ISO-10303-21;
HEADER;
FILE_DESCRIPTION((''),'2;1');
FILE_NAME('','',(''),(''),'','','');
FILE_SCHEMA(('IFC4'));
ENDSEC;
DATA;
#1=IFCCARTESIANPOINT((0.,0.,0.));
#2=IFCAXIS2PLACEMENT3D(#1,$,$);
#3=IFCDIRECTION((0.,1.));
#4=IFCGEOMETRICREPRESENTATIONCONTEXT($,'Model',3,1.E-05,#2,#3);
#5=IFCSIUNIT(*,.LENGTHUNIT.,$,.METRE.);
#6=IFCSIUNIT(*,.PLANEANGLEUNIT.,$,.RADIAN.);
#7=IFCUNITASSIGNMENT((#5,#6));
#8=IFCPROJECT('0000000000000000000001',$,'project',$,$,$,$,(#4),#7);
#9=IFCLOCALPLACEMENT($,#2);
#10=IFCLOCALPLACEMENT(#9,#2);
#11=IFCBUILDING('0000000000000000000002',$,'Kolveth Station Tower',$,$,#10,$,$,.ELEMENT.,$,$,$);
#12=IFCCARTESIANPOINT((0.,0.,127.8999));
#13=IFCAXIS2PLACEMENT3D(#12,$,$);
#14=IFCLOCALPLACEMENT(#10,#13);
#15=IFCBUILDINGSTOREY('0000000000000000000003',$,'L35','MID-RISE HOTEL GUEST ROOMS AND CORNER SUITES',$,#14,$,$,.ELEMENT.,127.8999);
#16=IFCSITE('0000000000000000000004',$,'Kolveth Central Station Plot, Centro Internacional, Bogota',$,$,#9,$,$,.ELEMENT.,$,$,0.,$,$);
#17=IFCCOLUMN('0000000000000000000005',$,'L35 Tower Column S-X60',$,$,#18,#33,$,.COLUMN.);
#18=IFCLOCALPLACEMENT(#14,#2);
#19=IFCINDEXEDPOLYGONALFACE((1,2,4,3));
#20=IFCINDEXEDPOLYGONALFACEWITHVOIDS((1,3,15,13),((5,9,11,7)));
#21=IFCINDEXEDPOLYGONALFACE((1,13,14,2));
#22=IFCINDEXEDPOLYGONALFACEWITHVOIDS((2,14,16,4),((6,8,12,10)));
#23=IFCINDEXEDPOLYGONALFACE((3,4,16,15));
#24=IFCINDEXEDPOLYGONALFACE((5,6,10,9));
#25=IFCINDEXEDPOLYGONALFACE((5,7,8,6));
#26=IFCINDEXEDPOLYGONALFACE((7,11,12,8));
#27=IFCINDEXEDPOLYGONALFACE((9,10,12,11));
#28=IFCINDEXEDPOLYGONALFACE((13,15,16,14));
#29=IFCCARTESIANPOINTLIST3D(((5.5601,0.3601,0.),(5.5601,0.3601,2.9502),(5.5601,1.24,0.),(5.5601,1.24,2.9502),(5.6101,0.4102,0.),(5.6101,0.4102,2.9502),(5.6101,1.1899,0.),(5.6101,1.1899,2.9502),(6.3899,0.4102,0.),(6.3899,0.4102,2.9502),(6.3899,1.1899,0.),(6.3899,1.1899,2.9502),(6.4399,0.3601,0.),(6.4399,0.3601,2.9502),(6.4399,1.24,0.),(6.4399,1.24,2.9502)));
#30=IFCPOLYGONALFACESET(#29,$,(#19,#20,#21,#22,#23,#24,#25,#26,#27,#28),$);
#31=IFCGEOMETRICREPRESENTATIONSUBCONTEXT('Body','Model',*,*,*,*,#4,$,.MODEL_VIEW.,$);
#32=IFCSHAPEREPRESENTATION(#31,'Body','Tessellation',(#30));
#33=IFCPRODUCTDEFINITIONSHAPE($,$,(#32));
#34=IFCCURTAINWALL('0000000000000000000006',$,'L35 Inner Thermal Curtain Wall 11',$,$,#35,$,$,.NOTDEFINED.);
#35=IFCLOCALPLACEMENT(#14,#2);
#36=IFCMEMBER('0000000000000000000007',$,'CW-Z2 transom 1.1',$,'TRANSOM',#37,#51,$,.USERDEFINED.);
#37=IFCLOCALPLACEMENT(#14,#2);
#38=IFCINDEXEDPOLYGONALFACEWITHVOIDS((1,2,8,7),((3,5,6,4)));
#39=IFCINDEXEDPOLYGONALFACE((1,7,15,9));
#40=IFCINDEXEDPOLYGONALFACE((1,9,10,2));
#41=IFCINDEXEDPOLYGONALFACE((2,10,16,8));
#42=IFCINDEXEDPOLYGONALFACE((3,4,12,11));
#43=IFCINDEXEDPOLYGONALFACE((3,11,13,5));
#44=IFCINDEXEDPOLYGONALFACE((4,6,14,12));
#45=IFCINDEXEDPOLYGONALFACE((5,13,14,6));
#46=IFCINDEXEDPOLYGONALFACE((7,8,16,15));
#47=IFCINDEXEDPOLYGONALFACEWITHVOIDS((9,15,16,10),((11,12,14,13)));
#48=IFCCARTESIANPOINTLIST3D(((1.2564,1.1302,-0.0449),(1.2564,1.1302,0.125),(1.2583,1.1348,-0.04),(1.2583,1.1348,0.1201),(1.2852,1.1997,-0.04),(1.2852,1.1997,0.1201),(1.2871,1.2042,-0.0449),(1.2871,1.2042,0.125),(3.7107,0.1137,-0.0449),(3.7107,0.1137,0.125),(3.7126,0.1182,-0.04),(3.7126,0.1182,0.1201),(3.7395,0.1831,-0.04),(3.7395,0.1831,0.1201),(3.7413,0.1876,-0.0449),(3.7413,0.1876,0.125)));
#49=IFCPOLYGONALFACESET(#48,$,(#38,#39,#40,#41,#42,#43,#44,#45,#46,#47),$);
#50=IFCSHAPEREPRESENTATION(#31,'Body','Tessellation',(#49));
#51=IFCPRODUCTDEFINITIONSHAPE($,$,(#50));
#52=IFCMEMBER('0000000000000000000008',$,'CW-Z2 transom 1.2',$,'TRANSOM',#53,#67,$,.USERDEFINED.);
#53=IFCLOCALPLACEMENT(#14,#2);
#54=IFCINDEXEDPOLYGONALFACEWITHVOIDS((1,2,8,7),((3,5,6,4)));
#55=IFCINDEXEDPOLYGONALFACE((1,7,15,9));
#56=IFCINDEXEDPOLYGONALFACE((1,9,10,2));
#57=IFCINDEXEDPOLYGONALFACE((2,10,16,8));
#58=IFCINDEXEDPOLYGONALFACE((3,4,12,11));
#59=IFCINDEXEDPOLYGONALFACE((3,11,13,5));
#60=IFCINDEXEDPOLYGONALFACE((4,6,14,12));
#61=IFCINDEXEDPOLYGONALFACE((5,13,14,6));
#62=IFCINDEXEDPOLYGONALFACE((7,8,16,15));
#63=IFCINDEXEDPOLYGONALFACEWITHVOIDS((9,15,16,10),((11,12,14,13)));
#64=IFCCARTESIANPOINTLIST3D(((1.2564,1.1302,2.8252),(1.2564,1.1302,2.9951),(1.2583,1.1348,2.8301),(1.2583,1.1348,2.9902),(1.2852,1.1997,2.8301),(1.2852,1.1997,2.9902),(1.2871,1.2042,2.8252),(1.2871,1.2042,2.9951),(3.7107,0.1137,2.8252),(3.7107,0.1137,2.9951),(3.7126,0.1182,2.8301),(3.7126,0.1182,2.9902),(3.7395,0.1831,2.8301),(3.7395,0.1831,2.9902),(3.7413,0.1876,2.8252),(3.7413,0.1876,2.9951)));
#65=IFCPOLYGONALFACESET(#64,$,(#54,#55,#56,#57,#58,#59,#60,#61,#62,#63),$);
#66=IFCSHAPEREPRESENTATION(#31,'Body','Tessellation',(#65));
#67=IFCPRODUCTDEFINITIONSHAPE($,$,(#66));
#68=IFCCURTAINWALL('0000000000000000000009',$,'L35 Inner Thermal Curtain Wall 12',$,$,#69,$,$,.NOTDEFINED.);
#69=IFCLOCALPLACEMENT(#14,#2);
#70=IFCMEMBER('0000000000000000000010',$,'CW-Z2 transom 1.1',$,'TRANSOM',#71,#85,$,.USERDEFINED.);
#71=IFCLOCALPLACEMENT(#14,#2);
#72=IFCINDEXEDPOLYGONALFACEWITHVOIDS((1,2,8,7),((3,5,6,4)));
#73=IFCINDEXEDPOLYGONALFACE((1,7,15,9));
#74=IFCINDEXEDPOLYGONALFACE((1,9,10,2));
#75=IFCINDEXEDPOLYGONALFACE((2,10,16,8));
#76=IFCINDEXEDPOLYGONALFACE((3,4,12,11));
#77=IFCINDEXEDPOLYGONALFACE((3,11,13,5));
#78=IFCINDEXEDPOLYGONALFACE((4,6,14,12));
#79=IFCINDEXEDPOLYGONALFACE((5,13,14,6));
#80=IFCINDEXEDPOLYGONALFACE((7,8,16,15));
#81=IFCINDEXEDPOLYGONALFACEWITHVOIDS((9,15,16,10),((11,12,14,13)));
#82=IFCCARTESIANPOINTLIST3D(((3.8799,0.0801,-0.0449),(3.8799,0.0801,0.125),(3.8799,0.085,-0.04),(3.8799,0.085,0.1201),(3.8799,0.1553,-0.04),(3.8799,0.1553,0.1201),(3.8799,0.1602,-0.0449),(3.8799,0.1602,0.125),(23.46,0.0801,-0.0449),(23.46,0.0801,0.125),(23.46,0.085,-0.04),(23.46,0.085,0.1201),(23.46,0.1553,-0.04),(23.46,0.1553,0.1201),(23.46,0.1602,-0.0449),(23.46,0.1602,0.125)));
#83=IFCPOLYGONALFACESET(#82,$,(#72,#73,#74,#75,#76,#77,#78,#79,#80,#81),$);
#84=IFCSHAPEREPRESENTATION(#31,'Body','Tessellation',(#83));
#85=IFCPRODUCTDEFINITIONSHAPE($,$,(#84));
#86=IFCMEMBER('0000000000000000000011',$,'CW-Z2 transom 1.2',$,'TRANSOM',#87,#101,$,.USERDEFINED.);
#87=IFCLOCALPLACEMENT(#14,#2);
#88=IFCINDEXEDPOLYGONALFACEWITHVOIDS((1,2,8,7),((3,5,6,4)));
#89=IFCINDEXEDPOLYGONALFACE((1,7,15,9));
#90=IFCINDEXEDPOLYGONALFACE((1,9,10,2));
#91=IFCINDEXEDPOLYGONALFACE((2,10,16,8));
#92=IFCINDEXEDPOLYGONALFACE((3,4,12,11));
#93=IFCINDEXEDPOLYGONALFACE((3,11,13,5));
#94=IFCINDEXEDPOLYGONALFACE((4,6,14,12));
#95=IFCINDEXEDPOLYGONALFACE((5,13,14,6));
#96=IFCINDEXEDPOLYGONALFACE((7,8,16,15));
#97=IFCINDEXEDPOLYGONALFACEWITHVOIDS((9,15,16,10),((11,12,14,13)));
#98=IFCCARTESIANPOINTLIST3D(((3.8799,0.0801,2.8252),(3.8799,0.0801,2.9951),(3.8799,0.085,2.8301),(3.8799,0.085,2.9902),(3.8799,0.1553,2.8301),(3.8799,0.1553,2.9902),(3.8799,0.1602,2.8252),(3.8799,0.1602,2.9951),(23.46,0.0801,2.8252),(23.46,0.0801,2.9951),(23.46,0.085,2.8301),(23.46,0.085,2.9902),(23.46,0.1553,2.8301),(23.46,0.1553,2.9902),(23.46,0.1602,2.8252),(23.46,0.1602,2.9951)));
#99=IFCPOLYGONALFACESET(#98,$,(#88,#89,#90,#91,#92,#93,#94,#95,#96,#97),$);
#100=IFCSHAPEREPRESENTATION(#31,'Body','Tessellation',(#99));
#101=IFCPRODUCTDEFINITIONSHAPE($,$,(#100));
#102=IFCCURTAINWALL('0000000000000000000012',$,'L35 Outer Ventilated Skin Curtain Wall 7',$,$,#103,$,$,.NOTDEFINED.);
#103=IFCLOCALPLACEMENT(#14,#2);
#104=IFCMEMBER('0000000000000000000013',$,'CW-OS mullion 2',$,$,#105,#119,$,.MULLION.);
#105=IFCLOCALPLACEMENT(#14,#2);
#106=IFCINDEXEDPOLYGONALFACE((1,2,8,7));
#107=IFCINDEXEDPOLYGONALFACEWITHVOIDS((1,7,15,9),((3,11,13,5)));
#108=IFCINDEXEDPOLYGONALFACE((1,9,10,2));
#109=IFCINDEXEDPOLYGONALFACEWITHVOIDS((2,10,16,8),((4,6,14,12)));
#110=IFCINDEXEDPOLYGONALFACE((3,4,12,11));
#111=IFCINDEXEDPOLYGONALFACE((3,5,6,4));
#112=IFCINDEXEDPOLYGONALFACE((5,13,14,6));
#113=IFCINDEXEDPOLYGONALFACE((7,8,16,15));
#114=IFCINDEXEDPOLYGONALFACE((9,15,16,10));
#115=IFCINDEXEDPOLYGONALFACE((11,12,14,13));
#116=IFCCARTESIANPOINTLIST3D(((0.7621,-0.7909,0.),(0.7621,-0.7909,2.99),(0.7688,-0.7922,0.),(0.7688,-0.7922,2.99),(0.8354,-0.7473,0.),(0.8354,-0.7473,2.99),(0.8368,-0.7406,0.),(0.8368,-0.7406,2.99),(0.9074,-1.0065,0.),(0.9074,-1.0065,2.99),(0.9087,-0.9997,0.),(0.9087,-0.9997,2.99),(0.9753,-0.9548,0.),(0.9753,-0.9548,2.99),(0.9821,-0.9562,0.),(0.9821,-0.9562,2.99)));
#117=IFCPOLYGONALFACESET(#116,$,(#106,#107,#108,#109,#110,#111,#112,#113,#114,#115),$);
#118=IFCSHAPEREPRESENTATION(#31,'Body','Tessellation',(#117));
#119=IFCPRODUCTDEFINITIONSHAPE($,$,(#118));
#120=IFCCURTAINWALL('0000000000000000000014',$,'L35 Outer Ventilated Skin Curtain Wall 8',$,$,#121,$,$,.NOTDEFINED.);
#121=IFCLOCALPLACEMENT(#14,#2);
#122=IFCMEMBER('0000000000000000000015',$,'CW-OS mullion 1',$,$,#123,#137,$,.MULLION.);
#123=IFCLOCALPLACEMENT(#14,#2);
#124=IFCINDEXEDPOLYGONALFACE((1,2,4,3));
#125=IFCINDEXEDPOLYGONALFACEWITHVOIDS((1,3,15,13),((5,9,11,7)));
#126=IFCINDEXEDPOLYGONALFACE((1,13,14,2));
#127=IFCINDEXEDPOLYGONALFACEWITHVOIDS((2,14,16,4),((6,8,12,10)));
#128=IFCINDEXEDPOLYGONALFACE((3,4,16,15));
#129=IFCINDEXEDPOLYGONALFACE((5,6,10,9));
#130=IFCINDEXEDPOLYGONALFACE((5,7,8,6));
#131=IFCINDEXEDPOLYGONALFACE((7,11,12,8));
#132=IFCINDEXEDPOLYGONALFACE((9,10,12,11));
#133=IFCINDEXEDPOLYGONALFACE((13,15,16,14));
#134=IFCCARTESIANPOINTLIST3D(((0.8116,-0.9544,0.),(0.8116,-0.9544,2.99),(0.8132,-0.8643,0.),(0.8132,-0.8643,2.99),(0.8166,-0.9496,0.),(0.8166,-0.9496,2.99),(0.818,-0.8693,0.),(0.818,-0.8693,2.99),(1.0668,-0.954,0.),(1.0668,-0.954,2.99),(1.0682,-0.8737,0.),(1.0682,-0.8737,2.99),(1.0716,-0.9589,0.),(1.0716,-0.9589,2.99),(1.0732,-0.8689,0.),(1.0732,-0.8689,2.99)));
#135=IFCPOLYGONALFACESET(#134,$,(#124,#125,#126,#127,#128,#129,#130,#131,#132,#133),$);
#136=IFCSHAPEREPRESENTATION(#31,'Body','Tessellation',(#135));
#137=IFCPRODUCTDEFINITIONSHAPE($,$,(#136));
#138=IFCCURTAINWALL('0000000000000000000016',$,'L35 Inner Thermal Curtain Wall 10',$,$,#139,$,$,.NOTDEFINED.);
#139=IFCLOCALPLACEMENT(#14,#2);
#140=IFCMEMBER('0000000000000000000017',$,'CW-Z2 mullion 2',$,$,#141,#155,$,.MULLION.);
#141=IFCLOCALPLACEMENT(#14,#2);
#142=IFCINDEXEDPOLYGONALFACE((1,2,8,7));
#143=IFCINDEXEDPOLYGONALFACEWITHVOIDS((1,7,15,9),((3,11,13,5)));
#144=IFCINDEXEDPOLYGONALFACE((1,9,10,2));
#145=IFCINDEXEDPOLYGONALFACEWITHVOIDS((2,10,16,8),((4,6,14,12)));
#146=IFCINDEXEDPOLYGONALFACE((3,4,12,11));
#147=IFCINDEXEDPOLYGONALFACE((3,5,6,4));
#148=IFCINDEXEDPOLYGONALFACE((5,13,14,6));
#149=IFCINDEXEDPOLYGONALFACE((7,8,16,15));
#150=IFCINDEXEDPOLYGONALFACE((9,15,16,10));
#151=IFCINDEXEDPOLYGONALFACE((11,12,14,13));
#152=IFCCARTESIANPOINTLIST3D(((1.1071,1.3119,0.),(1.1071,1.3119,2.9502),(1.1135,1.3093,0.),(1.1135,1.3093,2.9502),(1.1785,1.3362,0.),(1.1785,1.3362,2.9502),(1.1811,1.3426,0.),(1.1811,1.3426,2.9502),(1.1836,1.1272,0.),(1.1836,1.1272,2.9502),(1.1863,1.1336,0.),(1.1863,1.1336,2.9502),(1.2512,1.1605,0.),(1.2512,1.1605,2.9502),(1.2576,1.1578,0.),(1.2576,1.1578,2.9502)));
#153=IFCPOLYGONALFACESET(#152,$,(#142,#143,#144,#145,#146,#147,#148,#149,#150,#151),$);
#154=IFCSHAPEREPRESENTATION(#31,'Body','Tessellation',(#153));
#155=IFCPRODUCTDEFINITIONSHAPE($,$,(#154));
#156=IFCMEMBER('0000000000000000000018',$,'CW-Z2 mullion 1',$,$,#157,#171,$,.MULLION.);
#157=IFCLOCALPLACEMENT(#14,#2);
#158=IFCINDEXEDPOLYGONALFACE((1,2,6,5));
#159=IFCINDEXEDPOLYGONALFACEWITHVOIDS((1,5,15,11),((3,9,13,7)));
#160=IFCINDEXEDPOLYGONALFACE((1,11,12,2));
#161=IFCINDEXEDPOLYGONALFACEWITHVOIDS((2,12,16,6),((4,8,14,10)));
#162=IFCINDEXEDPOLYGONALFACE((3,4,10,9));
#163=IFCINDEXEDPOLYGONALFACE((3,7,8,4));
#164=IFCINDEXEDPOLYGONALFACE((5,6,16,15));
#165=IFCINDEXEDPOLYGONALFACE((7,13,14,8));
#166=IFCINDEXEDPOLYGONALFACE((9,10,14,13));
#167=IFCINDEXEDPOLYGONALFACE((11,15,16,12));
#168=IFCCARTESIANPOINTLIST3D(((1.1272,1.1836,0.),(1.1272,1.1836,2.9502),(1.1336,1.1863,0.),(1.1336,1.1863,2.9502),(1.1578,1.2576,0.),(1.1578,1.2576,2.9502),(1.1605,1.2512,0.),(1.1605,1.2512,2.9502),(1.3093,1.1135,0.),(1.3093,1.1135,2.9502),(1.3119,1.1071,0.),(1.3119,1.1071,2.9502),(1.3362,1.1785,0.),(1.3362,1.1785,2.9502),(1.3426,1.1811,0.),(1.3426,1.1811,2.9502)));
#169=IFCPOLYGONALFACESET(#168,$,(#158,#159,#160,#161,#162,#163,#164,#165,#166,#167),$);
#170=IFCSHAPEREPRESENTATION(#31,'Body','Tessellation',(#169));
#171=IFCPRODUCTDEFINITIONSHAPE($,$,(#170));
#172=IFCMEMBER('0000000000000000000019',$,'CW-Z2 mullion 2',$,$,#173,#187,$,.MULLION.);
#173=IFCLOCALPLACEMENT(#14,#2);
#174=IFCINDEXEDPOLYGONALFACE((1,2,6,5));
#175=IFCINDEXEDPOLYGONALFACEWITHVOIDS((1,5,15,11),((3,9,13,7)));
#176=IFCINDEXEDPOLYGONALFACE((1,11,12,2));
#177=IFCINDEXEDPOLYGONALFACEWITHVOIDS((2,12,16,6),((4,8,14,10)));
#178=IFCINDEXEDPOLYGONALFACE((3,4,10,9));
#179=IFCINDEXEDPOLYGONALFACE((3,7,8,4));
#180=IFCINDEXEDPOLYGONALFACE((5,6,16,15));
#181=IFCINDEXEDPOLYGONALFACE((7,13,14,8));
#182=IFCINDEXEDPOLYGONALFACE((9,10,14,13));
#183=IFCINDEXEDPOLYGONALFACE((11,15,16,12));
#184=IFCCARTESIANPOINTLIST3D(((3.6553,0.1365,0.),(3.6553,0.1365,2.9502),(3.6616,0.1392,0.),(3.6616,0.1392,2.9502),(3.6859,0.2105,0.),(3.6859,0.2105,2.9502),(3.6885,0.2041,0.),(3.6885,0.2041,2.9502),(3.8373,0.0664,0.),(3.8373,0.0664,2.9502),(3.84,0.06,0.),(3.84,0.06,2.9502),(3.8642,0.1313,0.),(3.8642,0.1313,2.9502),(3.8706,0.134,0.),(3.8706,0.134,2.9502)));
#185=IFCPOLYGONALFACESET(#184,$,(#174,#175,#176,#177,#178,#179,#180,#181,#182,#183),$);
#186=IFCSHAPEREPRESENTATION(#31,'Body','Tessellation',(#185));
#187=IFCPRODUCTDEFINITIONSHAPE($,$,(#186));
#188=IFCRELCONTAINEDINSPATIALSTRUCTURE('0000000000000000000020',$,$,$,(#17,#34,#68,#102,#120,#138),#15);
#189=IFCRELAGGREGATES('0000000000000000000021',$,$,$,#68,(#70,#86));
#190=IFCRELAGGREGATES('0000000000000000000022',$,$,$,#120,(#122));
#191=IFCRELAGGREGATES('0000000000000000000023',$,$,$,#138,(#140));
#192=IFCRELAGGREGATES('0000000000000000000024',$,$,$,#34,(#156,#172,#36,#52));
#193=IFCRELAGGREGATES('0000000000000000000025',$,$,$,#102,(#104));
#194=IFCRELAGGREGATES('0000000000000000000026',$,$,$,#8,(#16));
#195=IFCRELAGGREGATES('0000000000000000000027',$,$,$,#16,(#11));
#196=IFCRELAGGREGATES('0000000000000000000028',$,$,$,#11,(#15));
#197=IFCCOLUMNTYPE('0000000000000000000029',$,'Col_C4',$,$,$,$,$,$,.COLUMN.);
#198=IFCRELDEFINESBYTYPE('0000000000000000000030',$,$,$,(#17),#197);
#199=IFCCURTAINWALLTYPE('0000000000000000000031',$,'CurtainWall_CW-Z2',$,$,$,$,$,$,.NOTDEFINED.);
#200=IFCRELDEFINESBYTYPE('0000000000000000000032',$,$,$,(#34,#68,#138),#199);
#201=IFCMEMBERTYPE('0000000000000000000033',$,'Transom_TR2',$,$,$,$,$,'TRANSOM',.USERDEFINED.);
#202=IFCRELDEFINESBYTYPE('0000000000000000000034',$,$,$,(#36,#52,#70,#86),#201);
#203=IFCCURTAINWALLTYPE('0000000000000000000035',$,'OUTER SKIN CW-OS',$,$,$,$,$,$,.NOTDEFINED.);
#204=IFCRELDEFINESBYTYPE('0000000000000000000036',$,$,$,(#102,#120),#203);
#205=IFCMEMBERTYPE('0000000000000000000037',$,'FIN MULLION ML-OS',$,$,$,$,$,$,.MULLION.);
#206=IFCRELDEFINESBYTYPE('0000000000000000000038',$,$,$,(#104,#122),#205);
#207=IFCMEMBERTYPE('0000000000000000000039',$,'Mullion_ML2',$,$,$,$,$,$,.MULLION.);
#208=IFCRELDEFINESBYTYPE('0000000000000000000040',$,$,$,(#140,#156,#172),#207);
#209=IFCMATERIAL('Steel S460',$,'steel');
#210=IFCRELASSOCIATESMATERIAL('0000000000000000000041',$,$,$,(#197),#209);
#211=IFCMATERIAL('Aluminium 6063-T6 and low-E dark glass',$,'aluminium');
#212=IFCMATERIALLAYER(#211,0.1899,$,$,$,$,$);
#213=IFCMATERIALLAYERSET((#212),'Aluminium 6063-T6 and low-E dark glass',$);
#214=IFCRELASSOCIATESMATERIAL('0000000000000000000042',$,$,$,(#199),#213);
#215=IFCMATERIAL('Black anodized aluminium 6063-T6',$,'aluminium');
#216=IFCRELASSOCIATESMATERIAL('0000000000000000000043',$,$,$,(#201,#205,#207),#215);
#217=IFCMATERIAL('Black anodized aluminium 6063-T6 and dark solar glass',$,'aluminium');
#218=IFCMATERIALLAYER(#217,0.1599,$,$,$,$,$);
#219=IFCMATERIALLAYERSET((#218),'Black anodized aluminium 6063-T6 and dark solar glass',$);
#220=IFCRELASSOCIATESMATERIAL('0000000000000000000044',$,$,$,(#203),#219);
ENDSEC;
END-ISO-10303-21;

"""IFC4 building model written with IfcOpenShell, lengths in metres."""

from ifc_helpers import new_model, si_unit, direction, frame, origin, origin_2d, place, context, subcontext, project, spatial, hollow_rectangle, extrude, source, transform, mapped, material, layer, layer_set, material_profile, profile_set, type_object, element, aggregate, save


model = new_model("IFC4")

# Units and contexts
model_context = context("Model", 3, precision=1e-05, world=origin(), true_north=direction((0.0, 1.0)))
body_context = subcontext(model_context, "Body", "Model", "MODEL_VIEW")
ifc_project = project(units=[si_unit("LENGTHUNIT", "METRE"), si_unit("PLANEANGLEUNIT", "RADIAN")], contexts=[model_context])

# Site, building, storey
site_placement = place(None, origin())
site = spatial("IfcSite", under=ifc_project, at=site_placement, Name="Kolveth Central Station Plot, Centro Internacional, Bogota", CompositionType="ELEMENT", RefElevation=0.0)
building_placement = place(site_placement, origin())
building = spatial("IfcBuilding", under=site, at=building_placement, Name="Kolveth Station Tower", CompositionType="ELEMENT")
storey_placement = place(building_placement, frame((0.0, 0.0, 127.8999)))
storey = spatial("IfcBuildingStorey", under=building, at=storey_placement, Name="L35", Description="MID-RISE HOTEL GUEST ROOMS AND CORNER SUITES", CompositionType="ELEMENT", Elevation=127.8999)

# Column
ifc_material_1 = material(Name="Steel S460", Category="steel")
ifc_material_profile_1 = material_profile(ifc_material_1, hollow_rectangle(XDim=0.8799, YDim=0.8799, WallThickness=0.05, at=origin_2d()), Name="BOX880x880x50")
ifc_profile_set_1 = profile_set([ifc_material_profile_1], Name="Steel S460")
column_type = type_object("IfcColumnType", Name="Col_C4", PredefinedType="COLUMN", material=ifc_profile_set_1)
shared_shape_1 = source(origin(), body_context, "Body", "SweptSolid", [
    extrude(hollow_rectangle(XDim=0.8799, YDim=0.8799, WallThickness=0.05, at=origin_2d()), origin(), (0.0, 0.0, 1.0), 2.9502),
])
column_placement = place(storey_placement, frame((6.0, 0.8, 0.0), z_axis=(0.0, 0.0, 1.0), x_axis=(1.0, 0.0, 0.0)))
element("IfcColumn", 1, at=column_placement, inside=storey, type_object=column_type, Name="L35 Tower Column S-X60", PredefinedType="COLUMN", context=body_context, shape_type="MappedRepresentation", body=[
    mapped(shared_shape_1, transform((0.0, 0.0, 0.0), x_axis=(1.0, 0.0, 0.0), y_axis=(0.0, 1.0, 0.0), z_axis=(0.0, 0.0, 1.0), scale=1.0)),
])

# Curtain walls, members
ifc_material_2 = material(Name="Aluminium 6063-T6 and low-E dark glass", Category="aluminium")
ifc_layer_1 = layer(ifc_material_2, 0.1899)
ifc_layer_set_1 = layer_set([ifc_layer_1], Name="Aluminium 6063-T6 and low-E dark glass")
curtain_wall_type_1 = type_object("IfcCurtainWallType", Name="CurtainWall_CW-Z2", PredefinedType="NOTDEFINED", material=ifc_layer_set_1)
curtain_wall_1_placement = place(storey_placement, origin())
curtain_wall_1 = element("IfcCurtainWall", 2, at=curtain_wall_1_placement, inside=storey, type_object=curtain_wall_type_1, Name="L35 Inner Thermal Curtain Wall 11", PredefinedType="NOTDEFINED")
ifc_material_3 = material(Name="Black anodized aluminium 6063-T6", Category="aluminium")
ifc_material_profile_2 = material_profile(ifc_material_3, hollow_rectangle(XDim=0.0801, YDim=0.1699, WallThickness=0.0049, at=origin_2d()), Name="ALU-80x170x5")
ifc_profile_set_2 = profile_set([ifc_material_profile_2], Name="Black anodized aluminium 6063-T6")
member_type_1 = type_object("IfcMemberType", Name="Transom_TR2", ElementType="TRANSOM", PredefinedType="USERDEFINED", material=ifc_profile_set_2)
shared_shape_2 = source(origin(), body_context, "Body", "SweptSolid", [
    extrude(hollow_rectangle(XDim=0.0801, YDim=0.1699, WallThickness=0.0049, at=origin_2d()), origin(), (0.0, 0.0, 1.0), 2.6565),
])
member_1_placement = place(storey_placement, frame((1.2717, 1.1672, 0.04), z_axis=(0.923882, -0.382676, 0.0), x_axis=(0.382676, 0.923882, 0.0)))
member_1 = element("IfcMember", 3, at=member_1_placement, type_object=member_type_1, Name="CW-Z2 transom 1.1", ObjectType="TRANSOM", PredefinedType="USERDEFINED", context=body_context, shape_type="MappedRepresentation", body=[
    mapped(shared_shape_2, transform((0.0, 0.0, 0.0), x_axis=(1.0, 0.0, 0.0), y_axis=(0.0, 1.0, 0.0), z_axis=(0.0, 0.0, 1.0), scale=1.0)),
])
member_2_placement = place(storey_placement, frame((1.2717, 1.1672, 2.9102), z_axis=(0.923882, -0.382676, 0.0), x_axis=(0.382676, 0.923882, 0.0)))
member_2 = element("IfcMember", 4, at=member_2_placement, type_object=member_type_1, Name="CW-Z2 transom 1.2", ObjectType="TRANSOM", PredefinedType="USERDEFINED", context=body_context, shape_type="MappedRepresentation", body=[
    mapped(shared_shape_2, transform((0.0, 0.0, 0.0), x_axis=(1.0, 0.0, 0.0), y_axis=(0.0, 1.0, 0.0), z_axis=(0.0, 0.0, 1.0), scale=1.0)),
])
curtain_wall_2_placement = place(storey_placement, origin())
curtain_wall_2 = element("IfcCurtainWall", 5, at=curtain_wall_2_placement, inside=storey, type_object=curtain_wall_type_1, Name="L35 Inner Thermal Curtain Wall 12", PredefinedType="NOTDEFINED")
shared_shape_3 = source(origin(), body_context, "Body", "SweptSolid", [
    extrude(hollow_rectangle(XDim=0.0801, YDim=0.1699, WallThickness=0.0049, at=origin_2d()), origin(), (0.0, 0.0, 1.0), 19.5801),
])
member_3_placement = place(storey_placement, frame((3.8799, 0.1201, 0.04), z_axis=(1.0, 0.0, 0.0), x_axis=(0.0, 1.0, 0.0)))
member_3 = element("IfcMember", 6, at=member_3_placement, type_object=member_type_1, Name="CW-Z2 transom 1.1", ObjectType="TRANSOM", PredefinedType="USERDEFINED", context=body_context, shape_type="MappedRepresentation", body=[
    mapped(shared_shape_3, transform((0.0, 0.0, 0.0), x_axis=(1.0, 0.0, 0.0), y_axis=(0.0, 1.0, 0.0), z_axis=(0.0, 0.0, 1.0), scale=1.0)),
])
member_4_placement = place(storey_placement, frame((3.8799, 0.1201, 2.9102), z_axis=(1.0, 0.0, 0.0), x_axis=(0.0, 1.0, 0.0)))
member_4 = element("IfcMember", 7, at=member_4_placement, type_object=member_type_1, Name="CW-Z2 transom 1.2", ObjectType="TRANSOM", PredefinedType="USERDEFINED", context=body_context, shape_type="MappedRepresentation", body=[
    mapped(shared_shape_3, transform((0.0, 0.0, 0.0), x_axis=(1.0, 0.0, 0.0), y_axis=(0.0, 1.0, 0.0), z_axis=(0.0, 0.0, 1.0), scale=1.0)),
])

# Curtain walls, members
ifc_material_4 = material(Name="Black anodized aluminium 6063-T6 and dark solar glass", Category="aluminium")
ifc_layer_2 = layer(ifc_material_4, 0.1599)
ifc_layer_set_2 = layer_set([ifc_layer_2], Name="Black anodized aluminium 6063-T6 and dark solar glass")
curtain_wall_type_2 = type_object("IfcCurtainWallType", Name="OUTER SKIN CW-OS", PredefinedType="NOTDEFINED", material=ifc_layer_set_2)
curtain_wall_3_placement = place(storey_placement, origin())
curtain_wall_3 = element("IfcCurtainWall", 8, at=curtain_wall_3_placement, inside=storey, type_object=curtain_wall_type_2, Name="L35 Outer Ventilated Skin Curtain Wall 7", PredefinedType="NOTDEFINED")
ifc_material_profile_3 = material_profile(ifc_material_3, hollow_rectangle(XDim=0.0901, YDim=0.26, WallThickness=0.0049, at=origin_2d()), Name="ALU-90x260x5")
ifc_profile_set_3 = profile_set([ifc_material_profile_3], Name="Black anodized aluminium 6063-T6")
member_type_2 = type_object("IfcMemberType", Name="FIN MULLION ML-OS", PredefinedType="MULLION", material=ifc_profile_set_3)
shared_shape_4 = source(origin(), body_context, "Body", "SweptSolid", [
    extrude(hollow_rectangle(XDim=0.0901, YDim=0.26, WallThickness=0.0049, at=origin_2d()), origin(), (0.0, 0.0, 1.0), 2.99),
])
member_5_placement = place(storey_placement, frame((0.8721, -0.8735, 0.0), z_axis=(0.0, 0.0, 1.0), x_axis=(0.829238, 0.558895, 0.0)))
member_5 = element("IfcMember", 9, at=member_5_placement, type_object=member_type_2, Name="CW-OS mullion 2", PredefinedType="MULLION", context=body_context, shape_type="MappedRepresentation", body=[
    mapped(shared_shape_4, transform((0.0, 0.0, 0.0), x_axis=(1.0, 0.0, 0.0), y_axis=(0.0, 1.0, 0.0), z_axis=(0.0, 0.0, 1.0), scale=1.0)),
])
curtain_wall_4_placement = place(storey_placement, origin())
curtain_wall_4 = element("IfcCurtainWall", 10, at=curtain_wall_4_placement, inside=storey, type_object=curtain_wall_type_2, Name="L35 Outer Ventilated Skin Curtain Wall 8", PredefinedType="NOTDEFINED")
member_6_placement = place(storey_placement, frame((0.9424, -0.9116, 0.0), z_axis=(0.0, 0.0, 1.0), x_axis=(0.017556, 0.999846, 0.0)))
member_6 = element("IfcMember", 11, at=member_6_placement, type_object=member_type_2, Name="CW-OS mullion 1", PredefinedType="MULLION", context=body_context, shape_type="MappedRepresentation", body=[
    mapped(shared_shape_4, transform((0.0, 0.0, 0.0), x_axis=(1.0, 0.0, 0.0), y_axis=(0.0, 1.0, 0.0), z_axis=(0.0, 0.0, 1.0), scale=1.0)),
])
curtain_wall_5_placement = place(storey_placement, origin())
curtain_wall_5 = element("IfcCurtainWall", 12, at=curtain_wall_5_placement, inside=storey, type_object=curtain_wall_type_1, Name="L35 Inner Thermal Curtain Wall 10", PredefinedType="NOTDEFINED")
ifc_material_profile_4 = material_profile(ifc_material_3, hollow_rectangle(XDim=0.0801, YDim=0.2, WallThickness=0.0049, at=origin_2d()), Name="ALU-80x200x5")
ifc_profile_set_4 = profile_set([ifc_material_profile_4], Name="Black anodized aluminium 6063-T6")
member_type_3 = type_object("IfcMemberType", Name="Mullion_ML2", PredefinedType="MULLION", material=ifc_profile_set_4)
shared_shape_5 = source(origin(), body_context, "Body", "SweptSolid", [
    extrude(hollow_rectangle(XDim=0.0801, YDim=0.2, WallThickness=0.0049, at=origin_2d()), origin(), (0.0, 0.0, 1.0), 2.9502),
])
member_7_placement = place(storey_placement, frame((1.1824, 1.2349, 0.0), z_axis=(0.0, 0.0, 1.0), x_axis=(0.923888, 0.382663, 0.0)))
member_7 = element("IfcMember", 13, at=member_7_placement, type_object=member_type_3, Name="CW-Z2 mullion 2", PredefinedType="MULLION", context=body_context, shape_type="MappedRepresentation", body=[
    mapped(shared_shape_5, transform((0.0, 0.0, 0.0), x_axis=(1.0, 0.0, 0.0), y_axis=(0.0, 1.0, 0.0), z_axis=(0.0, 0.0, 1.0), scale=1.0)),
])

# Members
member_8_placement = place(storey_placement, frame((1.2349, 1.1824, 0.0), z_axis=(0.0, 0.0, 1.0), x_axis=(0.382663, 0.923888, 0.0)))
member_8 = element("IfcMember", 14, at=member_8_placement, type_object=member_type_3, Name="CW-Z2 mullion 1", PredefinedType="MULLION", context=body_context, shape_type="MappedRepresentation", body=[
    mapped(shared_shape_5, transform((0.0, 0.0, 0.0), x_axis=(1.0, 0.0, 0.0), y_axis=(0.0, 1.0, 0.0), z_axis=(0.0, 0.0, 1.0), scale=1.0)),
])
member_9_placement = place(storey_placement, frame((3.7629, 0.1353, 0.0), z_axis=(0.0, 0.0, 1.0), x_axis=(0.382663, 0.923888, 0.0)))
member_9 = element("IfcMember", 15, at=member_9_placement, type_object=member_type_3, Name="CW-Z2 mullion 2", PredefinedType="MULLION", context=body_context, shape_type="MappedRepresentation", body=[
    mapped(shared_shape_5, transform((0.0, 0.0, 0.0), x_axis=(1.0, 0.0, 0.0), y_axis=(0.0, 1.0, 0.0), z_axis=(0.0, 0.0, 1.0), scale=1.0)),
])
aggregate(curtain_wall_2, [member_3, member_4])
aggregate(curtain_wall_4, [member_6])

aggregate(curtain_wall_5, [member_7])
aggregate(curtain_wall_1, [member_8, member_9, member_1, member_2])
aggregate(curtain_wall_3, [member_5])

save(model, "model.ifc")
